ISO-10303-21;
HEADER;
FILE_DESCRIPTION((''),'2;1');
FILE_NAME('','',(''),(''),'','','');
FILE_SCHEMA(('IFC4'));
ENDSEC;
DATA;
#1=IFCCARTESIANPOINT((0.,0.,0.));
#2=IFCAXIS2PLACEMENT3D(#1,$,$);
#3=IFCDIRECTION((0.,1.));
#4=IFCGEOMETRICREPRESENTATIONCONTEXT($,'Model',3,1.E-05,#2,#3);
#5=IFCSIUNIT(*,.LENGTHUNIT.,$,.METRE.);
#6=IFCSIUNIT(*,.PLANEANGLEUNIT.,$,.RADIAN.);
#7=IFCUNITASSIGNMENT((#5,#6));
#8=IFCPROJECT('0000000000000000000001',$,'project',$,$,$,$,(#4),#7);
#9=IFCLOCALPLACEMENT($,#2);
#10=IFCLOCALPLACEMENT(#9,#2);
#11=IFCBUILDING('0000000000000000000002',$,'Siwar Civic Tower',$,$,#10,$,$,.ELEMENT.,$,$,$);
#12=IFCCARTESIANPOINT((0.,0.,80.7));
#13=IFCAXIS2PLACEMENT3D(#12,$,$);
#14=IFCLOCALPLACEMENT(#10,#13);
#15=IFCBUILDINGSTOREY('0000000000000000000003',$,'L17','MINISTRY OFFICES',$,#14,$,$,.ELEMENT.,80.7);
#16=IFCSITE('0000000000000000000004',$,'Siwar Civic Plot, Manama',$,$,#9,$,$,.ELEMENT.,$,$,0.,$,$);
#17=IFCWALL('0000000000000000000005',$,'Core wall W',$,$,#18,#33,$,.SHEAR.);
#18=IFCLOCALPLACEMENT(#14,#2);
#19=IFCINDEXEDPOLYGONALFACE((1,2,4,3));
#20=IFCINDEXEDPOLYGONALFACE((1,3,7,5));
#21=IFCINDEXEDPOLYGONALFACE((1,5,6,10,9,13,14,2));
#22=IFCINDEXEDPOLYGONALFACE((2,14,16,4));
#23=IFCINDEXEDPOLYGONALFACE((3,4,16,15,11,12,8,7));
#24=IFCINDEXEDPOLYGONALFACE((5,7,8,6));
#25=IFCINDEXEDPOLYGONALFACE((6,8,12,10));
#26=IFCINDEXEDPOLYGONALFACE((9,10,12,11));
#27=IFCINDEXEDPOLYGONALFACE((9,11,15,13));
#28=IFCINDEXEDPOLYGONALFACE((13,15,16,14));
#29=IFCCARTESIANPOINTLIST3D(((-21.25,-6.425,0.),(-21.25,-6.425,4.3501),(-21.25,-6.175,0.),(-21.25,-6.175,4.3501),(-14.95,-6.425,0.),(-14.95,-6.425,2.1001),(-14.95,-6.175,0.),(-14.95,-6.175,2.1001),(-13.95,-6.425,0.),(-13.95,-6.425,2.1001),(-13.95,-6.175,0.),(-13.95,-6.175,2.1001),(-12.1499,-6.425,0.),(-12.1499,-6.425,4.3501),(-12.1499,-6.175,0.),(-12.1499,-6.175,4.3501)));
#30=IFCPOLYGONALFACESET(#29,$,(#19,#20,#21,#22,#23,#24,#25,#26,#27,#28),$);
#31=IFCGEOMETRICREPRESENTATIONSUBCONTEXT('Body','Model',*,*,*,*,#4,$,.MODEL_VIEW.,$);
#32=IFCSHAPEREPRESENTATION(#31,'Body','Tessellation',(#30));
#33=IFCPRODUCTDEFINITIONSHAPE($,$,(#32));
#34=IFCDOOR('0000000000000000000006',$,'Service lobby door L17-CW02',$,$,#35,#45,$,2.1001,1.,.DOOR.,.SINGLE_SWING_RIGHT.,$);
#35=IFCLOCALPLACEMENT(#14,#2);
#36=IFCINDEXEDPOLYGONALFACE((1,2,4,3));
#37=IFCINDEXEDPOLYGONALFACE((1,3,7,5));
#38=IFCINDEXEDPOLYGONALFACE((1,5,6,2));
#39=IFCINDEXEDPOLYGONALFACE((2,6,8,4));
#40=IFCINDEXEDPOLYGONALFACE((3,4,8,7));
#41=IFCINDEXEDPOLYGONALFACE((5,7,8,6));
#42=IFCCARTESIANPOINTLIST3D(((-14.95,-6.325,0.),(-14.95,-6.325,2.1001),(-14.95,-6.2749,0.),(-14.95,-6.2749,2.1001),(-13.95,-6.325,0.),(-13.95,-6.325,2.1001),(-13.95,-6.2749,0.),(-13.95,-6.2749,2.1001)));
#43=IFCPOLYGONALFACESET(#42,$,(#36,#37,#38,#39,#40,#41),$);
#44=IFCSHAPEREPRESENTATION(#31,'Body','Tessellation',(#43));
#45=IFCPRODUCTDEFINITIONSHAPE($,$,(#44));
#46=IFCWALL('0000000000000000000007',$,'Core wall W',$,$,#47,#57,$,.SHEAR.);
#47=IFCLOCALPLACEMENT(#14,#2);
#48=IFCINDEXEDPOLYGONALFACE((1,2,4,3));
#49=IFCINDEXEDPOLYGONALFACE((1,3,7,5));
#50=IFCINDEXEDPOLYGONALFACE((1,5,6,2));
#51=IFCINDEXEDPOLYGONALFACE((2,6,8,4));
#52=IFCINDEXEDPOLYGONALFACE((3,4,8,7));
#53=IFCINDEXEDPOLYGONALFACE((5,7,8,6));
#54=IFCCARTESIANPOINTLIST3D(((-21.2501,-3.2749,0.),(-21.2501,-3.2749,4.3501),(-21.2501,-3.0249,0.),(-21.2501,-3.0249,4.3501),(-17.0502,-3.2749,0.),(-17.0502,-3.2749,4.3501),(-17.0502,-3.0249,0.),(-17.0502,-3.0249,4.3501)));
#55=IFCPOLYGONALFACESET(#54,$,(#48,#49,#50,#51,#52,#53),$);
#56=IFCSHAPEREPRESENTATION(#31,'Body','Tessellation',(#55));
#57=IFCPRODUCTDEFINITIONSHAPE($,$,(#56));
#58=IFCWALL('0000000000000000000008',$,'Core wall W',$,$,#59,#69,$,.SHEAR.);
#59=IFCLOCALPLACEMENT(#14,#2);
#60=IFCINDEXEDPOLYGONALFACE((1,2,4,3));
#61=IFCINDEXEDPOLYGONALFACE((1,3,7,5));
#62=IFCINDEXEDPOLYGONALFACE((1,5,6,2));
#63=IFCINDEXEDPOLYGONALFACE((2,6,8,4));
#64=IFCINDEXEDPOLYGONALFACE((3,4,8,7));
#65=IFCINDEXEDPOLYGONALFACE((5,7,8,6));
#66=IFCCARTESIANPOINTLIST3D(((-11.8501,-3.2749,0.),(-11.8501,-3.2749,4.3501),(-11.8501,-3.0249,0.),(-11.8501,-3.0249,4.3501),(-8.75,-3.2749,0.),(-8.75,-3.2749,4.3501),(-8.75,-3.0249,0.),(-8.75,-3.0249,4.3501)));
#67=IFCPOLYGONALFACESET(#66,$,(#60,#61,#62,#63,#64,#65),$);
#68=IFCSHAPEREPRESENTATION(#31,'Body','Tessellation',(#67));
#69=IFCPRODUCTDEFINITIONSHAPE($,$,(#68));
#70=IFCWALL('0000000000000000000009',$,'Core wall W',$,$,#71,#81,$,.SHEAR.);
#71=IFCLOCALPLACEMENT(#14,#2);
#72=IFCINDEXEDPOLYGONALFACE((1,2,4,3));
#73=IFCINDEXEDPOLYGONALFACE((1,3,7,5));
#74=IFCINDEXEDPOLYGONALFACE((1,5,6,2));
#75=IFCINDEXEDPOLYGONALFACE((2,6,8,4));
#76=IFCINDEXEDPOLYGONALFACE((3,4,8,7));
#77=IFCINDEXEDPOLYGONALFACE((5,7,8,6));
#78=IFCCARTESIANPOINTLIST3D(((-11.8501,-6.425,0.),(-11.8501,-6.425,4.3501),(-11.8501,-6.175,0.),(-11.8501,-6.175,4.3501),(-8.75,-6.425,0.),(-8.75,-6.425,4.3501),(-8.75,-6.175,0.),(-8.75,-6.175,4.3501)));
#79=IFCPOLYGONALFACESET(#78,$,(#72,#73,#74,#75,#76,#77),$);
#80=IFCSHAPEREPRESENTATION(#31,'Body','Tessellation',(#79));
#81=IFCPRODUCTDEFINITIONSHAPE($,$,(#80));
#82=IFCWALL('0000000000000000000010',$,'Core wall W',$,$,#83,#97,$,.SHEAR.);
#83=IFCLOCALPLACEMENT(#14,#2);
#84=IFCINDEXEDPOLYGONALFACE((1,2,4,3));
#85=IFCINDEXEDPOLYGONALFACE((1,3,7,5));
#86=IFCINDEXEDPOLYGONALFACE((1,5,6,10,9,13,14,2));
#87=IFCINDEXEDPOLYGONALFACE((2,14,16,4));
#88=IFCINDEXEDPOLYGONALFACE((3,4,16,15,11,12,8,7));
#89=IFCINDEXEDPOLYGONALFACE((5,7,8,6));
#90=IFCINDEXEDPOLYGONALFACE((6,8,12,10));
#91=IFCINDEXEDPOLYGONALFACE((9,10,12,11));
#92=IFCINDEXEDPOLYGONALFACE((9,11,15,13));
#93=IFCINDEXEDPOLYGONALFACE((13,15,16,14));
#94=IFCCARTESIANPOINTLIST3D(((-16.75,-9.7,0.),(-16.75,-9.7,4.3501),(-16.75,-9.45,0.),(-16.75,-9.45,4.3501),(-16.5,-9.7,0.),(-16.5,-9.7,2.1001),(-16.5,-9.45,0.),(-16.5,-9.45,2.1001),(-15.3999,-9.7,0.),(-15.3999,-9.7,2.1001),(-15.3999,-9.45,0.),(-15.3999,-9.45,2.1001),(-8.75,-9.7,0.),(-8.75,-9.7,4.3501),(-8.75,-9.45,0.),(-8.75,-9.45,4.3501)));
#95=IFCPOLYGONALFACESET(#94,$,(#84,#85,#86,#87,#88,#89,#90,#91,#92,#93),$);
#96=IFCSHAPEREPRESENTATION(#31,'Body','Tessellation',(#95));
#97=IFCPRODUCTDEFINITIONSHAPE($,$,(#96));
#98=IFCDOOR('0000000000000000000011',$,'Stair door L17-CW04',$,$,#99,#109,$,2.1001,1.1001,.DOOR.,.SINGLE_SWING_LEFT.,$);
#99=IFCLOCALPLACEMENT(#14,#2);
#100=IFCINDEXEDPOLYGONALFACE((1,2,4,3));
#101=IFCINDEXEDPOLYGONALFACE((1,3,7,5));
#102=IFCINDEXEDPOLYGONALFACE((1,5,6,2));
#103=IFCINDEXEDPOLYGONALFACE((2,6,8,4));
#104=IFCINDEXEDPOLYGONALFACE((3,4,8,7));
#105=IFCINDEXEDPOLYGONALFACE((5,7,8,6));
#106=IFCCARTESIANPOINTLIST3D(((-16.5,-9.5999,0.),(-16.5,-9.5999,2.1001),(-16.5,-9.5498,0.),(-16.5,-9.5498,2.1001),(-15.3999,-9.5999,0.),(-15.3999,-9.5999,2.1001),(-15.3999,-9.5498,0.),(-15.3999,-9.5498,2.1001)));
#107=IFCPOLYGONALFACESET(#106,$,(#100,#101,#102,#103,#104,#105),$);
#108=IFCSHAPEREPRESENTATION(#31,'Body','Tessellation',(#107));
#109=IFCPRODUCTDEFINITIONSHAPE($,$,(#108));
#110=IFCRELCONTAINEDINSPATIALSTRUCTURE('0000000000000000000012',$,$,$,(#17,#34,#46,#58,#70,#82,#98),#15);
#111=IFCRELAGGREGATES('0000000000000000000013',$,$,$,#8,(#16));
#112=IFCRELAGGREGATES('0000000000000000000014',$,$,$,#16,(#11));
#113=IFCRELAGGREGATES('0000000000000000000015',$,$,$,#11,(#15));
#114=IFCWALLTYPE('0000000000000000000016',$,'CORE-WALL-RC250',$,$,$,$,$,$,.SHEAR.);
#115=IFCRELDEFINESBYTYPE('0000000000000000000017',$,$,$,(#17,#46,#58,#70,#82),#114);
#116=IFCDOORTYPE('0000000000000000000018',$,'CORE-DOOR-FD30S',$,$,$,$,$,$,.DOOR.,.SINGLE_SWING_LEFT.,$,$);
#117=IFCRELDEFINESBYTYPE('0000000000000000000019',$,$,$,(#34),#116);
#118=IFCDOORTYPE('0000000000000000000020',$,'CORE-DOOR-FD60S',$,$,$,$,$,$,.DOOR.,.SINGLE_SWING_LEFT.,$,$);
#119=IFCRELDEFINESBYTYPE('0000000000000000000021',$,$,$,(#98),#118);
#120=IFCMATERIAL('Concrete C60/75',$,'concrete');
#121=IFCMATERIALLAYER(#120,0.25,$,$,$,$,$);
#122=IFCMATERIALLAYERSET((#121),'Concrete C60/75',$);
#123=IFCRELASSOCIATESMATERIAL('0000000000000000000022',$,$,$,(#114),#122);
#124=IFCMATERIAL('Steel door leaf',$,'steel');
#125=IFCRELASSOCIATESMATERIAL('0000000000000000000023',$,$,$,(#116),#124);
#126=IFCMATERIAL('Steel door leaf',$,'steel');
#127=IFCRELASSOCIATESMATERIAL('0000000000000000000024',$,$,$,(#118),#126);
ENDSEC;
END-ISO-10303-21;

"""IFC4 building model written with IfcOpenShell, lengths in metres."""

from ifc_helpers import new_model, si_unit, direction, frame, frame_2d, origin, place, context, subcontext, project, spatial, rectangle, extrude, material, layer, layer_set, type_object, element, fill, save


model = new_model("IFC4")

# Units and contexts
model_context = context("Model", 3, precision=1e-05, world=origin(), true_north=direction((0.0, 1.0)))
body_context = subcontext(model_context, "Body", "Model", "MODEL_VIEW")
ifc_project = project(units=[si_unit("LENGTHUNIT", "METRE"), si_unit("PLANEANGLEUNIT", "RADIAN")], contexts=[model_context])

# Site, building, storey
site_placement = place(None, origin())
site = spatial("IfcSite", under=ifc_project, at=site_placement, Name="Siwar Civic Plot, Manama", CompositionType="ELEMENT", RefElevation=0.0)
building_placement = place(site_placement, origin())
building = spatial("IfcBuilding", under=site, at=building_placement, Name="Siwar Civic Tower", CompositionType="ELEMENT")
storey_placement = place(building_placement, frame((0.0, 0.0, 80.7)))
storey = spatial("IfcBuildingStorey", under=building, at=storey_placement, Name="L17", Description="MINISTRY OFFICES", CompositionType="ELEMENT", Elevation=80.7)

# Wall, opening, door
ifc_material_1 = material(Name="Concrete C60/75", Category="concrete")
ifc_layer_1 = layer(ifc_material_1, 0.25)
ifc_layer_set_1 = layer_set([ifc_layer_1], Name="Concrete C60/75")
wall_type_1 = type_object("IfcWallType", Name="CORE-WALL-RC250", PredefinedType="SHEAR", material=ifc_layer_set_1)
wall_1_placement = place(storey_placement, frame((-12.1499, -6.3, 0.0), z_axis=(0.0, 0.0, 1.0), x_axis=(-1.0, 0.0, 0.0)))
wall_1 = element("IfcWall", 1, at=wall_1_placement, inside=storey, type_object=wall_type_1, Name="Core wall W", PredefinedType="SHEAR", context=body_context, shape_type="SweptSolid", body=[
    extrude(rectangle(XDim=9.1001, YDim=0.25, at=frame_2d((4.55, 0.0))), origin(), (0.0, 0.0, 1.0), 4.3501),
])
opening_1_placement = place(wall_1_placement, frame((1.8, 0.0, 0.0)))
opening_1 = element("IfcOpeningElement", 2, at=opening_1_placement, cuts=wall_1, PredefinedType="OPENING", context=body_context, shape_type="SweptSolid", body=[
    extrude(rectangle(XDim=1.0, YDim=2.1001, at=frame_2d((0.5, 1.05))), frame((0.0, 0.135, 0.0), z_axis=(0.0, -1.0, 0.0), x_axis=(1.0, 0.0, 0.0)), (0.0, 0.0, 1.0), 0.27),
])
ifc_material_2 = material(Name="Steel door leaf", Category="steel")
door_type_1 = type_object("IfcDoorType", Name="CORE-DOOR-FD30S", OperationType="SINGLE_SWING_LEFT", PredefinedType="DOOR", material=ifc_material_2)
door_1_placement = place(opening_1_placement, origin())
door_1 = element("IfcDoor", 3, at=door_1_placement, inside=storey, type_object=door_type_1, Name="Service lobby door L17-CW02", OperationType="SINGLE_SWING_RIGHT", OverallHeight=2.1001, OverallWidth=1.0, PredefinedType="DOOR", context=body_context, shape_type="SweptSolid", body=[
    extrude(rectangle(XDim=1.0, YDim=2.1001, at=frame_2d((0.5, 1.05))), frame((0.0, 0.0249, 0.0), z_axis=(0.0, -1.0, 0.0), x_axis=(1.0, 0.0, 0.0)), (0.0, 0.0, 1.0), 0.05),
])
fill(opening_1, door_1)

# Walls
wall_2_placement = place(storey_placement, frame((-17.05, -3.1499, 0.0), z_axis=(0.0, 0.0, 1.0), x_axis=(-1.0, 0.0, 0.0)))
element("IfcWall", 4, at=wall_2_placement, inside=storey, type_object=wall_type_1, Name="Core wall W", PredefinedType="SHEAR", context=body_context, shape_type="SweptSolid", body=[
    extrude(rectangle(XDim=4.2, YDim=0.25, at=frame_2d((2.1001, 0.0))), origin(), (0.0, 0.0, 1.0), 4.3501),
])
for number, where, z_axis, x_axis, name in (
    (5, (-8.75, -3.1499, 0.0), (0.0, 0.0, 1.0), (-1.0, 0.0, 0.0), "Core wall W"),
    (6, (-8.75, -6.3, 0.0), (0.0, 0.0, 1.0), (-1.0, 0.0, 0.0), "Core wall W"),
):
    element("IfcWall", number, at=place(storey_placement, frame(where, z_axis=z_axis, x_axis=x_axis)), inside=storey, type_object=wall_type_1, Name=name, PredefinedType="SHEAR", context=body_context, shape_type="SweptSolid", body=[
        extrude(rectangle(XDim=3.1001, YDim=0.25, at=frame_2d((1.55, 0.0))), origin(), (0.0, 0.0, 1.0), 4.3501),
    ])

# Wall, opening, door
wall_3_placement = place(storey_placement, frame((-8.75, -9.575, 0.0), z_axis=(0.0, 0.0, 1.0), x_axis=(-1.0, 0.0, 0.0)))
wall_3 = element("IfcWall", 7, at=wall_3_placement, inside=storey, type_object=wall_type_1, Name="Core wall W", PredefinedType="SHEAR", context=body_context, shape_type="SweptSolid", body=[
    extrude(rectangle(XDim=8.0, YDim=0.25, at=frame_2d((4.0, 0.0))), origin(), (0.0, 0.0, 1.0), 4.3501),
])
opening_2_placement = place(wall_3_placement, frame((6.6499, 0.0, 0.0)))
opening_2 = element("IfcOpeningElement", 8, at=opening_2_placement, cuts=wall_3, PredefinedType="OPENING", context=body_context, shape_type="SweptSolid", body=[
    extrude(rectangle(XDim=1.1001, YDim=2.1001, at=frame_2d((0.55, 1.05))), frame((0.0, 0.135, 0.0), z_axis=(0.0, -1.0, 0.0), x_axis=(1.0, 0.0, 0.0)), (0.0, 0.0, 1.0), 0.27),
])
ifc_material_3 = material(Name="Steel door leaf", Category="steel")
door_type_2 = type_object("IfcDoorType", Name="CORE-DOOR-FD60S", OperationType="SINGLE_SWING_LEFT", PredefinedType="DOOR", material=ifc_material_3)
door_2_placement = place(opening_2_placement, origin())
door_2 = element("IfcDoor", 9, at=door_2_placement, inside=storey, type_object=door_type_2, Name="Stair door L17-CW04", OperationType="SINGLE_SWING_LEFT", OverallHeight=2.1001, OverallWidth=1.1001, PredefinedType="DOOR", context=body_context, shape_type="SweptSolid", body=[
    extrude(rectangle(XDim=1.1001, YDim=2.1001, at=frame_2d((0.55, 1.05))), frame((0.0, 0.0249, 0.0), z_axis=(0.0, -1.0, 0.0), x_axis=(1.0, 0.0, 0.0)), (0.0, 0.0, 1.0), 0.05),
])
fill(opening_2, door_2)

save(model, "model.ifc")
